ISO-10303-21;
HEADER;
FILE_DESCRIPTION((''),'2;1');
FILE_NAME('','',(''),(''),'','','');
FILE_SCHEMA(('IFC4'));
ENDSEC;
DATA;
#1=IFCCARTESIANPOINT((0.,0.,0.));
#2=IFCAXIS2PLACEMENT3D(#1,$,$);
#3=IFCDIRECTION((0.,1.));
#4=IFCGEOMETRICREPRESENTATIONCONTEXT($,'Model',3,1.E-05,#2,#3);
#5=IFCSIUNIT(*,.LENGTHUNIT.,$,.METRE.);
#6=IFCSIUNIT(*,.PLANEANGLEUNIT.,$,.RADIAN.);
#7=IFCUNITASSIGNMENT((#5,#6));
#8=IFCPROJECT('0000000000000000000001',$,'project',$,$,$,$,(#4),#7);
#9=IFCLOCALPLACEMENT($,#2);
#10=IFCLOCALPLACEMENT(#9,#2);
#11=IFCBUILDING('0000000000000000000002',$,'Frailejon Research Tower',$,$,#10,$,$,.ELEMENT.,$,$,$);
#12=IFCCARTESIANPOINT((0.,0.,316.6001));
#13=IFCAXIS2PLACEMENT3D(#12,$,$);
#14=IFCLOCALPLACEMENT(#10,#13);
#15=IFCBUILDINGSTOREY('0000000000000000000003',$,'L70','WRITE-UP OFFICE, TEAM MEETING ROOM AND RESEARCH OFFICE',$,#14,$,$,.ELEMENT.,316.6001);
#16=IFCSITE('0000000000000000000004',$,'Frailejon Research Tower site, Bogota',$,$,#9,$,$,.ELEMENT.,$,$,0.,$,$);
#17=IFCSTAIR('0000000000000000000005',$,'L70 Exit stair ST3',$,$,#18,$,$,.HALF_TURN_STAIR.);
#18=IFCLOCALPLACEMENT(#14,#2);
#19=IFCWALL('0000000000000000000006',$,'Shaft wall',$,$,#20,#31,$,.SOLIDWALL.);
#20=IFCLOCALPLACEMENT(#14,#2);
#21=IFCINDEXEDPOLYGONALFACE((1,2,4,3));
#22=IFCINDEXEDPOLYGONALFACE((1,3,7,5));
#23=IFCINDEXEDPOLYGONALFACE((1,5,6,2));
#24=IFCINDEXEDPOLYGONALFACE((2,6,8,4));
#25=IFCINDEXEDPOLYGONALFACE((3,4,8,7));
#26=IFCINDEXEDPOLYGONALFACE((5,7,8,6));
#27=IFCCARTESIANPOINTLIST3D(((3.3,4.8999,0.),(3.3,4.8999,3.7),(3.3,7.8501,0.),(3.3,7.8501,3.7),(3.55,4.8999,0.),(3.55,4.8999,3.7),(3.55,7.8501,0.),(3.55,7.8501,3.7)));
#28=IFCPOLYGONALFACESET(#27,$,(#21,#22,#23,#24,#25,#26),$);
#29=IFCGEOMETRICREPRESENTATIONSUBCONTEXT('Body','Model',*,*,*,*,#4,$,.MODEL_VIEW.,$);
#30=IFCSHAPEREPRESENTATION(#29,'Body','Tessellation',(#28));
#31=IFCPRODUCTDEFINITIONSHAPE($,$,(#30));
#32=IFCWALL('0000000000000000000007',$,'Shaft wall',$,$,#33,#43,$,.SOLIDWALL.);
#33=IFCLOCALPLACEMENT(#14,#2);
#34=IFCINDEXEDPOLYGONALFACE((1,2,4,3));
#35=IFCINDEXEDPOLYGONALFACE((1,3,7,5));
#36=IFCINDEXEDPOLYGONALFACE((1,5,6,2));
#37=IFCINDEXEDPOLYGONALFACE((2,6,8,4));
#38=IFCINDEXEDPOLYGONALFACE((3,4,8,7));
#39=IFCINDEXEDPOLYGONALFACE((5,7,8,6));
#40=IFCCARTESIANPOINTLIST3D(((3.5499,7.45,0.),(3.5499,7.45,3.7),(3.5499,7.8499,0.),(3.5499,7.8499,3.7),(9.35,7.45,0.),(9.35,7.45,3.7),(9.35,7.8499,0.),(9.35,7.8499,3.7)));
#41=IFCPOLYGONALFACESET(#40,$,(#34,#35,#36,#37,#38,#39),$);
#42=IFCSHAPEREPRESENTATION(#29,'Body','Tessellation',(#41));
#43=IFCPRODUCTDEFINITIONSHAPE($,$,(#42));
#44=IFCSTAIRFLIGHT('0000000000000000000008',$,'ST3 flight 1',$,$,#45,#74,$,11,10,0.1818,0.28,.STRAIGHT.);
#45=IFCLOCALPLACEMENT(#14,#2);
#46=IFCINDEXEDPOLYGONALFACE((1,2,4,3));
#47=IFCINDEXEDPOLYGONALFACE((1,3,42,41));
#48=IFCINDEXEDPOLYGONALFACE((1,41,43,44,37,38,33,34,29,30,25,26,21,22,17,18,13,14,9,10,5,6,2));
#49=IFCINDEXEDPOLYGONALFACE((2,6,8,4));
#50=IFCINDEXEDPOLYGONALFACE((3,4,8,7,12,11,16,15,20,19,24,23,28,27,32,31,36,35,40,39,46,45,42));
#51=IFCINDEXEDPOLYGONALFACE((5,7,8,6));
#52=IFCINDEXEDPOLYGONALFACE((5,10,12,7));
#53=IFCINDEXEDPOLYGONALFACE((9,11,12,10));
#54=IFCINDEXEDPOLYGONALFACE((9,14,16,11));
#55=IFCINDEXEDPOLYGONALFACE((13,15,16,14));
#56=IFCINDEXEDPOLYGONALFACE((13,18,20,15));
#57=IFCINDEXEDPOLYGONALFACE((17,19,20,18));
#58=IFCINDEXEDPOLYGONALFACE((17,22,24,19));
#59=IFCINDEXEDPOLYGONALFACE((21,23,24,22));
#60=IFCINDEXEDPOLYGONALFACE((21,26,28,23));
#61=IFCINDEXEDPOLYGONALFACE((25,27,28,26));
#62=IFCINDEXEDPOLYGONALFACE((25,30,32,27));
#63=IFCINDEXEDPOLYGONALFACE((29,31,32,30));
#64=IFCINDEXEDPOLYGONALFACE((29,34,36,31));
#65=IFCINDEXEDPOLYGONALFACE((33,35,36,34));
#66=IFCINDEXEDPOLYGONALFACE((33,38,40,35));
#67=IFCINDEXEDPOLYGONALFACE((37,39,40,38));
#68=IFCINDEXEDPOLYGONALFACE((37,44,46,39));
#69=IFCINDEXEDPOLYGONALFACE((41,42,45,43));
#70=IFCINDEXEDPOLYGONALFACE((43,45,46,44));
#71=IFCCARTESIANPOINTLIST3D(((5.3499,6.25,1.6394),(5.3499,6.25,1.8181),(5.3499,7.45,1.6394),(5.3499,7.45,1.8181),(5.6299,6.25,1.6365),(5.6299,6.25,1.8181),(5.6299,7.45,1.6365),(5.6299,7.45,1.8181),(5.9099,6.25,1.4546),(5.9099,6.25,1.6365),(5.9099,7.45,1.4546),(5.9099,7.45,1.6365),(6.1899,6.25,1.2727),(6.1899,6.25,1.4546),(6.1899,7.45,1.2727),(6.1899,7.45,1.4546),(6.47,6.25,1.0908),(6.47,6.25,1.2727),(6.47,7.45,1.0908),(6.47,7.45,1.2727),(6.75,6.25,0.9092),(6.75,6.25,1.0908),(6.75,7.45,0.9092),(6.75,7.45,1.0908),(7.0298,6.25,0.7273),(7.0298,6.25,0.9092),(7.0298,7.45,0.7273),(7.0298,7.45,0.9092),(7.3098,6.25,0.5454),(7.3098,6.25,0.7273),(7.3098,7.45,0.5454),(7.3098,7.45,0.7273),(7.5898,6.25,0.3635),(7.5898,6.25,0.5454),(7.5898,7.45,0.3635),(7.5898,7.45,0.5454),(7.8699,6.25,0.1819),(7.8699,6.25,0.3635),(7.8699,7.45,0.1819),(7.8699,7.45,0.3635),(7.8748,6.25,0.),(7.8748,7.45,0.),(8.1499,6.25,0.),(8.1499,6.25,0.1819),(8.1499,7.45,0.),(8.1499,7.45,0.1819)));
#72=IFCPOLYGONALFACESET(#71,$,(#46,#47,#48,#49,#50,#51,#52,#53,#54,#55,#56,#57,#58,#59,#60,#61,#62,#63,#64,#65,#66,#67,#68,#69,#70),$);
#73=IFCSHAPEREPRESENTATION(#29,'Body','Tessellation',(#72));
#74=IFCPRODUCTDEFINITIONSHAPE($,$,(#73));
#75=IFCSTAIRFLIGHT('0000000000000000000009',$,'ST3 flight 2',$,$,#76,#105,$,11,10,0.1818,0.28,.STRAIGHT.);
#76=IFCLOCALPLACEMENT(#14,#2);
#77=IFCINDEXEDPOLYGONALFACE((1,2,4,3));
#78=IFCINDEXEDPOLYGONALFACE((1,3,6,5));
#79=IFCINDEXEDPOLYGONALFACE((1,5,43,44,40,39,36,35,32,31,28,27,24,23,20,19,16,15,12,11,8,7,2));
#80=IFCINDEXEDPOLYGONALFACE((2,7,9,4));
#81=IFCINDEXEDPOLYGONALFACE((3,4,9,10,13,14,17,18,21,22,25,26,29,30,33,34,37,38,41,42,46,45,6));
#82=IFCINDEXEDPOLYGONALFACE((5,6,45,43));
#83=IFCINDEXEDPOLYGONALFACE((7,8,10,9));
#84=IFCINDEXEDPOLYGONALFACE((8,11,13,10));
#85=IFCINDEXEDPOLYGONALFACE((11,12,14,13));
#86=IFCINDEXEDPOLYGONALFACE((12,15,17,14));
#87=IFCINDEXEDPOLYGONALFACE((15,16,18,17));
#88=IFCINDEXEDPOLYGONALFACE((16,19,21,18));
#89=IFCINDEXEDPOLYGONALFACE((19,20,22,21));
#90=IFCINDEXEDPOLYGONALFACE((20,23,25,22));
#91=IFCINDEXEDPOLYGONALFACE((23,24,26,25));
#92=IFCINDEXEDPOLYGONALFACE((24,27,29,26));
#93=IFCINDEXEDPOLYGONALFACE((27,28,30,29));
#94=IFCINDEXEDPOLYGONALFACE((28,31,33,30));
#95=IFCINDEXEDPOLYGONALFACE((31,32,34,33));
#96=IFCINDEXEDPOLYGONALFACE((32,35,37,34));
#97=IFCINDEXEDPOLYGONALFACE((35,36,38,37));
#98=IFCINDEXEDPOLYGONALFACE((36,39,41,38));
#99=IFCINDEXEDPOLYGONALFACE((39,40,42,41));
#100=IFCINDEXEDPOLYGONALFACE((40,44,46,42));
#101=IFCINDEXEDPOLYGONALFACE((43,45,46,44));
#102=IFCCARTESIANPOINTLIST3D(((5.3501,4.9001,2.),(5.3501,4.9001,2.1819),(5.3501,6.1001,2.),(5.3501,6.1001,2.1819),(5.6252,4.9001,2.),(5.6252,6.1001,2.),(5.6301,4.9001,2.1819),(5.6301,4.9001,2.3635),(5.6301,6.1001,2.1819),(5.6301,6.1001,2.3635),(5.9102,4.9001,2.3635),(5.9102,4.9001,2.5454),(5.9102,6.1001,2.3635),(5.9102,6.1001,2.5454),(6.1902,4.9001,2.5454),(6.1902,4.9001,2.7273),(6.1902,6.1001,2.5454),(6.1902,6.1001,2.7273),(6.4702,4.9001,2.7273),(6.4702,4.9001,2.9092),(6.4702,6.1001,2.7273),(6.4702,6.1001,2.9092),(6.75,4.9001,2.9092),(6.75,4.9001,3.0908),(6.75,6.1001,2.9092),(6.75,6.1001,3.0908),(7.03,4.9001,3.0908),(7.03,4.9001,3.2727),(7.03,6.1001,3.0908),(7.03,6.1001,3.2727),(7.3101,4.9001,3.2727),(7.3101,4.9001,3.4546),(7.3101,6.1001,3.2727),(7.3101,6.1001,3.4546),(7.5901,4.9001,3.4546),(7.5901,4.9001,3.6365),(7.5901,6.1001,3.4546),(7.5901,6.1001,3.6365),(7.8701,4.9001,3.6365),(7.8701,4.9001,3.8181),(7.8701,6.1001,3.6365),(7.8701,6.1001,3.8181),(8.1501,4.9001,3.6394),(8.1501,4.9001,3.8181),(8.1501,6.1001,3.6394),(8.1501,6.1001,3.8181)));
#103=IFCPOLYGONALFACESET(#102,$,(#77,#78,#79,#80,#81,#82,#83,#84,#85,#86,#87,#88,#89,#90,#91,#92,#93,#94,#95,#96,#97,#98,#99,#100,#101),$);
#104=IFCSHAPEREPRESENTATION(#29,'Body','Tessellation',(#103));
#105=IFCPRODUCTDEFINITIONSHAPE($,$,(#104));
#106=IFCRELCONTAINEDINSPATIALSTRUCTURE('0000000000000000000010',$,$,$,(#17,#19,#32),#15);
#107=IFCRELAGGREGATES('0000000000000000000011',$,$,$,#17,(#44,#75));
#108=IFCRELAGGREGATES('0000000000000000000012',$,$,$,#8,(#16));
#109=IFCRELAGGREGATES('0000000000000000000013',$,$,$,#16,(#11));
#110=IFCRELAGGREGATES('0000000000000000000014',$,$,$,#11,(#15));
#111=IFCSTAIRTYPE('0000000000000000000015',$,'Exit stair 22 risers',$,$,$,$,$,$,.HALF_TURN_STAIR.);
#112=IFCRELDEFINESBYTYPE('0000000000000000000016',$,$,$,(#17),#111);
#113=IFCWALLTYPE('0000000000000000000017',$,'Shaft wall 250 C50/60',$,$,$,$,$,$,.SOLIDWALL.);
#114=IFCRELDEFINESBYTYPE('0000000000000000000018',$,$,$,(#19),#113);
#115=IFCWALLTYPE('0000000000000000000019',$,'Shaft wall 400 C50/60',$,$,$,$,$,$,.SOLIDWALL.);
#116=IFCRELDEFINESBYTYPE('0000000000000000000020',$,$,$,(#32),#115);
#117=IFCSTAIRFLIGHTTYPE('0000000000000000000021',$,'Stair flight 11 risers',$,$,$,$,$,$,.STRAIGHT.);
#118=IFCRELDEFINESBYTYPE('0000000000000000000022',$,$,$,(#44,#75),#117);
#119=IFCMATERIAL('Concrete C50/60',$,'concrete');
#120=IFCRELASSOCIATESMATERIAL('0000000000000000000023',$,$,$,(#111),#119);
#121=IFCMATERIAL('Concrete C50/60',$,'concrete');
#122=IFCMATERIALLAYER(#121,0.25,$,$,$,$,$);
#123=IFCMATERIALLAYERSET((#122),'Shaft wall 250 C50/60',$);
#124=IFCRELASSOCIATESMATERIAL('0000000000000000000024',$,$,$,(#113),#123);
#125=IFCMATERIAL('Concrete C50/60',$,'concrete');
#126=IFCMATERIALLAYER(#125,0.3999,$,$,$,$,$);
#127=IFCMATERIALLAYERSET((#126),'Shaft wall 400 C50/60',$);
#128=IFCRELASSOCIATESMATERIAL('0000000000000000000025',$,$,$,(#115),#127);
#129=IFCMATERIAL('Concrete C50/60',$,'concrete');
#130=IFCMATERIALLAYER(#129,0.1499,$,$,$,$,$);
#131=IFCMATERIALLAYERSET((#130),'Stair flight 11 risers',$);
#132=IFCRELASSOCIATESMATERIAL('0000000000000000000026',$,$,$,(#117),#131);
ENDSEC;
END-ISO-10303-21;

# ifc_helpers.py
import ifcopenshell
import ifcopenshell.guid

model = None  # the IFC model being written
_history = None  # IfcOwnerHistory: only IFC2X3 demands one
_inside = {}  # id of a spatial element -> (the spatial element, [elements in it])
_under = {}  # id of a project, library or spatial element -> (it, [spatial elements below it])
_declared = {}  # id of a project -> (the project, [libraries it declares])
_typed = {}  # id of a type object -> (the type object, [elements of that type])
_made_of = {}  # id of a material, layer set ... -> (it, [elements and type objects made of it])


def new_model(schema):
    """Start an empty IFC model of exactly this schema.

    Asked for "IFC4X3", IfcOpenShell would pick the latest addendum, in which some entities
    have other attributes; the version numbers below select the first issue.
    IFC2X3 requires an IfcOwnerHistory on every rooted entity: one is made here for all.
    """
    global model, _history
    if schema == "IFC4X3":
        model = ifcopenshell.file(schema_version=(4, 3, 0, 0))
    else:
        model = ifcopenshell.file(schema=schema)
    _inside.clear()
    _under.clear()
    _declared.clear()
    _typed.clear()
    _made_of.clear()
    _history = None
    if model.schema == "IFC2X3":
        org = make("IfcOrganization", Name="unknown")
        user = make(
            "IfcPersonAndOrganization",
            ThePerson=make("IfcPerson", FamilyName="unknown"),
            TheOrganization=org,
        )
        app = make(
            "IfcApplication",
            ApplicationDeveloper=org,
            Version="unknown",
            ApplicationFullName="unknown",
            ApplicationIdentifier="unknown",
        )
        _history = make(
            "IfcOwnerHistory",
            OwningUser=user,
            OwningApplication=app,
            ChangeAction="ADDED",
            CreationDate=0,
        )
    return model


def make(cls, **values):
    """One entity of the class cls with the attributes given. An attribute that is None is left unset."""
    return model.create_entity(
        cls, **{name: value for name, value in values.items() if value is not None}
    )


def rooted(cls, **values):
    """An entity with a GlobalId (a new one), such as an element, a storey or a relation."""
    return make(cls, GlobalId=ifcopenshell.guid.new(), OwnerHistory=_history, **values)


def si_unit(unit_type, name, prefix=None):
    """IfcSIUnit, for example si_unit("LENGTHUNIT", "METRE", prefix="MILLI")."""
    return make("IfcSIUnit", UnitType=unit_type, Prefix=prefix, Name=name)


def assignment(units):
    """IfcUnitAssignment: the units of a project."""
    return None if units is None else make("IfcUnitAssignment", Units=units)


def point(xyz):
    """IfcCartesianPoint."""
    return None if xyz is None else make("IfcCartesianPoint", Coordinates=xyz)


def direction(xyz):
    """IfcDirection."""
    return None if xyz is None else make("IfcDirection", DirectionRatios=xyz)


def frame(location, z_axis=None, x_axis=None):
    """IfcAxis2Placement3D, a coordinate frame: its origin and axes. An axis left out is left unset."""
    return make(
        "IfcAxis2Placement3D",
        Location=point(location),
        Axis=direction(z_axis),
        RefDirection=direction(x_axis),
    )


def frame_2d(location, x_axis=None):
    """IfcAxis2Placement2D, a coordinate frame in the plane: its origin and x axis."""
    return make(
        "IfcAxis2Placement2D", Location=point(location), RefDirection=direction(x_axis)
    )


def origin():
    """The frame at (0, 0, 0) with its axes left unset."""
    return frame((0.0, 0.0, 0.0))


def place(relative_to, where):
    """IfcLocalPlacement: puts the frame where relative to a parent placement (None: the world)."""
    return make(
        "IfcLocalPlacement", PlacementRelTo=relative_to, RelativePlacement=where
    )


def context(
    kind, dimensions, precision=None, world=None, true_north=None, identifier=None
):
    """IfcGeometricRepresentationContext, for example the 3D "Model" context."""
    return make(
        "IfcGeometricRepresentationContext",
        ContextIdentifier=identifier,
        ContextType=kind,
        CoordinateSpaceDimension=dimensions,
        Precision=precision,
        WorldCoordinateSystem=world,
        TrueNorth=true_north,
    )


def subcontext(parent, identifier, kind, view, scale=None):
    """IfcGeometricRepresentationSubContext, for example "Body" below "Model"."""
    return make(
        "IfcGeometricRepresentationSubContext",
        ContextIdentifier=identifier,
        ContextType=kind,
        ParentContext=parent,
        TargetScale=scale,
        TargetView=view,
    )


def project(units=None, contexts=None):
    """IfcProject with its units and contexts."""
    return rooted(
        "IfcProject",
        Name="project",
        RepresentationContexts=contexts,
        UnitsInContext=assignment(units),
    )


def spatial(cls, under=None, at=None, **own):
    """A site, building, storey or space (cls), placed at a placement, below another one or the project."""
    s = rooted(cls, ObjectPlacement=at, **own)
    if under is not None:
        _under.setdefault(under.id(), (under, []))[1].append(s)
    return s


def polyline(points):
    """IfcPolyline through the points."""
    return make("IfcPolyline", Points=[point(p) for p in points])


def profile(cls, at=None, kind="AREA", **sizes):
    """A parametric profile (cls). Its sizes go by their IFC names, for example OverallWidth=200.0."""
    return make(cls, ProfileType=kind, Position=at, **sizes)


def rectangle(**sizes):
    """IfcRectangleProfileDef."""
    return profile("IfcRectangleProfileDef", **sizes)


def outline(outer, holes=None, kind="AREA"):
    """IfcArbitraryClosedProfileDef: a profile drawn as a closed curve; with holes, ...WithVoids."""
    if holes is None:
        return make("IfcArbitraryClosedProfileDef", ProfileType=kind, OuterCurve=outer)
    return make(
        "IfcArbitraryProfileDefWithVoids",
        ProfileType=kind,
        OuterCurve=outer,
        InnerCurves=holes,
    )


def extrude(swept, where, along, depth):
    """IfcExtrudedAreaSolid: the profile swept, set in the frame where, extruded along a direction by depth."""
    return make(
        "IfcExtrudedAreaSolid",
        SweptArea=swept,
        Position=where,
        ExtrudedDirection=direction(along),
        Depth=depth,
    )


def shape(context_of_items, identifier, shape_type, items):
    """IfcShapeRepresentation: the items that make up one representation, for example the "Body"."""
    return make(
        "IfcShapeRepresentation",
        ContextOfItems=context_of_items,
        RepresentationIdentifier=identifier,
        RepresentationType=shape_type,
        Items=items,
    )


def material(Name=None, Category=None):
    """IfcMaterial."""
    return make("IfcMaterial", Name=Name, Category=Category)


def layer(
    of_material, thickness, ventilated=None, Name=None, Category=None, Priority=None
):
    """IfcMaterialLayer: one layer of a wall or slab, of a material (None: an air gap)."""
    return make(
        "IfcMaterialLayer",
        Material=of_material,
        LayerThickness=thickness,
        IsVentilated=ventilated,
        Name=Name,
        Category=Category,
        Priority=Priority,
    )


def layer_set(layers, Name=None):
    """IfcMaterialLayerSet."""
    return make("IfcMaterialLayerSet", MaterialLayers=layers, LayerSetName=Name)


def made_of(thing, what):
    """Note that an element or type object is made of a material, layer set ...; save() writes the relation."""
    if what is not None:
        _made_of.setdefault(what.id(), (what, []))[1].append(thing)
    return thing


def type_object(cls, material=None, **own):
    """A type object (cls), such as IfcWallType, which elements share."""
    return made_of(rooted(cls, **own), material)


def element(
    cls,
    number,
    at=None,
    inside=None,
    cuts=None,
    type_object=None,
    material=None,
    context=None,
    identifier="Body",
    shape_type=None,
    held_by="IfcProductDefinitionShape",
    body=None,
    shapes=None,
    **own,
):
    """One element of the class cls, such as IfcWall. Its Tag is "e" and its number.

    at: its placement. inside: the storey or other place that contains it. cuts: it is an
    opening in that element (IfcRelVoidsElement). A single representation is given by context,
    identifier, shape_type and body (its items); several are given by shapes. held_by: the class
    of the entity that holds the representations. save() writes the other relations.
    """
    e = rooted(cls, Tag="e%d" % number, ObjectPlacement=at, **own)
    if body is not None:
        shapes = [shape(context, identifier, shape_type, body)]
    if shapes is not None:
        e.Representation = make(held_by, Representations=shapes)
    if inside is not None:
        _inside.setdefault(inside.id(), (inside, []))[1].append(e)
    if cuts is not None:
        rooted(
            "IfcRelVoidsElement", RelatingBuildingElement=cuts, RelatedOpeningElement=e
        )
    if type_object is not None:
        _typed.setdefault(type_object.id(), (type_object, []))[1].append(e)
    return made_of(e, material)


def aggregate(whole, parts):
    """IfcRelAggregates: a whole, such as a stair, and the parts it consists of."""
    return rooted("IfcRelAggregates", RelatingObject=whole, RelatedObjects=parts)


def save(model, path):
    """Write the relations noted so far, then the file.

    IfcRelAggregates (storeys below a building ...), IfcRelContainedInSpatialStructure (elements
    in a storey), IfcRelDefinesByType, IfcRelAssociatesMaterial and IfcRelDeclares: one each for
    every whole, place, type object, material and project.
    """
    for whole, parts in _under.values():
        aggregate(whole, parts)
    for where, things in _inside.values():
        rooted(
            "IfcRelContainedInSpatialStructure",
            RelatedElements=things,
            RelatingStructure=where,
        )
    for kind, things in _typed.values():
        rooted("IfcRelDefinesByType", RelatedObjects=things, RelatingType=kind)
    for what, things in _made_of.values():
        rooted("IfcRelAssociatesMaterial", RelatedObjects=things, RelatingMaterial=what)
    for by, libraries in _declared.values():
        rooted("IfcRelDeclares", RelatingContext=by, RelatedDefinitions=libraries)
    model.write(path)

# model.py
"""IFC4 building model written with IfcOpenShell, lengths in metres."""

from ifc_helpers import new_model, si_unit, direction, frame, frame_2d, origin, place, context, subcontext, project, spatial, polyline, rectangle, outline, extrude, material, layer, layer_set, type_object, element, aggregate, save


model = new_model("IFC4")

# Units and contexts
model_context = context("Model", 3, precision=1e-05, world=origin(), true_north=direction((0.0, 1.0)))
body_context = subcontext(model_context, "Body", "Model", "MODEL_VIEW")
ifc_project = project(units=[si_unit("LENGTHUNIT", "METRE"), si_unit("PLANEANGLEUNIT", "RADIAN")], contexts=[model_context])

# Site, building, storey
site_placement = place(None, origin())
site = spatial("IfcSite", under=ifc_project, at=site_placement, Name="Frailejon Research Tower site, Bogota", CompositionType="ELEMENT", RefElevation=0.0)
building_placement = place(site_placement, origin())
building = spatial("IfcBuilding", under=site, at=building_placement, Name="Frailejon Research Tower", CompositionType="ELEMENT")
storey_placement = place(building_placement, frame((0.0, 0.0, 316.6001)))
storey = spatial("IfcBuildingStorey", under=building, at=storey_placement, Name="L70", Description="WRITE-UP OFFICE, TEAM MEETING ROOM AND RESEARCH OFFICE", CompositionType="ELEMENT", Elevation=316.6001)

# Stair
ifc_material_1 = material(Name="Concrete C50/60", Category="concrete")
stair_type = type_object("IfcStairType", Name="Exit stair 22 risers", PredefinedType="HALF_TURN_STAIR", material=ifc_material_1)
stair_placement = place(storey_placement, origin())
stair = element("IfcStair", 1, at=stair_placement, inside=storey, type_object=stair_type, Name="L70 Exit stair ST3", PredefinedType="HALF_TURN_STAIR")

# Shared definitions
ifc_material_2 = material(Name="Concrete C50/60", Category="concrete")
ifc_layer_1 = layer(ifc_material_2, 0.25)
ifc_layer_set_1 = layer_set([ifc_layer_1], Name="Shaft wall 250 C50/60")
wall_type_1 = type_object("IfcWallType", Name="Shaft wall 250 C50/60", PredefinedType="SOLIDWALL", material=ifc_layer_set_1)

# Walls
wall_1_placement = place(storey_placement, frame((3.425, 4.8999, 0.0), z_axis=(0.0, 0.0, 1.0), x_axis=(0.0, 1.0, 0.0)))
element("IfcWall", 2, at=wall_1_placement, inside=storey, type_object=wall_type_1, Name="Shaft wall", PredefinedType="SOLIDWALL", context=body_context, shape_type="SweptSolid", body=[
    extrude(rectangle(XDim=2.9502, YDim=0.25, at=frame_2d((1.4751, 0.0))), origin(), (0.0, 0.0, 1.0), 3.7),
])
ifc_material_3 = material(Name="Concrete C50/60", Category="concrete")
ifc_layer_2 = layer(ifc_material_3, 0.3999)
ifc_layer_set_2 = layer_set([ifc_layer_2], Name="Shaft wall 400 C50/60")
wall_type_2 = type_object("IfcWallType", Name="Shaft wall 400 C50/60", PredefinedType="SOLIDWALL", material=ifc_layer_set_2)
wall_2_placement = place(storey_placement, frame((3.55, 7.6499, 0.0), z_axis=(0.0, 0.0, 1.0), x_axis=(1.0, 0.0, 0.0)))
element("IfcWall", 3, at=wall_2_placement, inside=storey, type_object=wall_type_2, Name="Shaft wall", PredefinedType="SOLIDWALL", context=body_context, shape_type="SweptSolid", body=[
    extrude(rectangle(XDim=5.8, YDim=0.3999, at=frame_2d((2.8999, 0.0))), origin(), (0.0, 0.0, 1.0), 3.7),
])

# Stair flights
ifc_material_4 = material(Name="Concrete C50/60", Category="concrete")
ifc_layer_3 = layer(ifc_material_4, 0.1499)
ifc_layer_set_3 = layer_set([ifc_layer_3], Name="Stair flight 11 risers")
stair_flight_type = type_object("IfcStairFlightType", Name="Stair flight 11 risers", PredefinedType="STRAIGHT", material=ifc_layer_set_3)
stair_flight_1_placement = place(storey_placement, frame((8.1499, 6.8501, 0.0), z_axis=(0.0, 0.0, 1.0), x_axis=(-1.0, 0.0, 0.0)))
stair_flight_1 = element("IfcStairFlight", 4, at=stair_flight_1_placement, type_object=stair_flight_type, Name="ST3 flight 1", NumberOfRisers=11, NumberOfTreads=10, PredefinedType="STRAIGHT", RiserHeight=0.1818, TreadLength=0.28, context=body_context, shape_type="SweptSolid", body=[
    extrude(outline(polyline([(0.0, 0.0), (0.0, 0.1819), (0.28, 0.1819), (0.28, 0.3635), (0.5601, 0.3635), (0.5601, 0.5454), (0.8401, 0.5454), (0.8401, 0.7273), (1.1201, 0.7273), (1.1201, 0.9092), (1.3999, 0.9092), (1.3999, 1.0908), (1.6799, 1.0908), (1.6799, 1.2727), (1.96, 1.2727), (1.96, 1.4546), (2.24, 1.4546), (2.24, 1.6365), (2.52, 1.6365), (2.52, 1.8181), (2.8, 1.8181), (2.8, 2.0), (2.8, 1.6394), (0.2751, 0.0), (0.0, 0.0)])), frame((0.0, 0.6001, 0.0), z_axis=(0.0, -1.0, 0.0), x_axis=(1.0, 0.0, 0.0)), (0.0, 0.0, 1.0), 1.2),
])
stair_flight_2_placement = place(storey_placement, frame((5.3501, 5.5, 2.0), z_axis=(0.0, 0.0, 1.0), x_axis=(1.0, 0.0, 0.0)))
stair_flight_2 = element("IfcStairFlight", 5, at=stair_flight_2_placement, type_object=stair_flight_type, Name="ST3 flight 2", NumberOfRisers=11, NumberOfTreads=10, PredefinedType="STRAIGHT", RiserHeight=0.1818, TreadLength=0.28, context=body_context, shape_type="SweptSolid", body=[
    extrude(outline(polyline([(0.0, 0.0), (0.0, 0.1819), (0.28, 0.1819), (0.28, 0.3635), (0.5601, 0.3635), (0.5601, 0.5454), (0.8401, 0.5454), (0.8401, 0.7273), (1.1201, 0.7273), (1.1201, 0.9092), (1.3999, 0.9092), (1.3999, 1.0908), (1.6799, 1.0908), (1.6799, 1.2727), (1.96, 1.2727), (1.96, 1.4546), (2.24, 1.4546), (2.24, 1.6365), (2.52, 1.6365), (2.52, 1.8181), (2.8, 1.8181), (2.8, 2.0), (2.8, 1.6394), (0.2751, 0.0), (0.0, 0.0)])), frame((0.0, 0.6001, 0.0), z_axis=(0.0, -1.0, 0.0), x_axis=(1.0, 0.0, 0.0)), (0.0, 0.0, 1.0), 1.2),
])
aggregate(stair, [stair_flight_1, stair_flight_2])

save(model, "model.ifc")
